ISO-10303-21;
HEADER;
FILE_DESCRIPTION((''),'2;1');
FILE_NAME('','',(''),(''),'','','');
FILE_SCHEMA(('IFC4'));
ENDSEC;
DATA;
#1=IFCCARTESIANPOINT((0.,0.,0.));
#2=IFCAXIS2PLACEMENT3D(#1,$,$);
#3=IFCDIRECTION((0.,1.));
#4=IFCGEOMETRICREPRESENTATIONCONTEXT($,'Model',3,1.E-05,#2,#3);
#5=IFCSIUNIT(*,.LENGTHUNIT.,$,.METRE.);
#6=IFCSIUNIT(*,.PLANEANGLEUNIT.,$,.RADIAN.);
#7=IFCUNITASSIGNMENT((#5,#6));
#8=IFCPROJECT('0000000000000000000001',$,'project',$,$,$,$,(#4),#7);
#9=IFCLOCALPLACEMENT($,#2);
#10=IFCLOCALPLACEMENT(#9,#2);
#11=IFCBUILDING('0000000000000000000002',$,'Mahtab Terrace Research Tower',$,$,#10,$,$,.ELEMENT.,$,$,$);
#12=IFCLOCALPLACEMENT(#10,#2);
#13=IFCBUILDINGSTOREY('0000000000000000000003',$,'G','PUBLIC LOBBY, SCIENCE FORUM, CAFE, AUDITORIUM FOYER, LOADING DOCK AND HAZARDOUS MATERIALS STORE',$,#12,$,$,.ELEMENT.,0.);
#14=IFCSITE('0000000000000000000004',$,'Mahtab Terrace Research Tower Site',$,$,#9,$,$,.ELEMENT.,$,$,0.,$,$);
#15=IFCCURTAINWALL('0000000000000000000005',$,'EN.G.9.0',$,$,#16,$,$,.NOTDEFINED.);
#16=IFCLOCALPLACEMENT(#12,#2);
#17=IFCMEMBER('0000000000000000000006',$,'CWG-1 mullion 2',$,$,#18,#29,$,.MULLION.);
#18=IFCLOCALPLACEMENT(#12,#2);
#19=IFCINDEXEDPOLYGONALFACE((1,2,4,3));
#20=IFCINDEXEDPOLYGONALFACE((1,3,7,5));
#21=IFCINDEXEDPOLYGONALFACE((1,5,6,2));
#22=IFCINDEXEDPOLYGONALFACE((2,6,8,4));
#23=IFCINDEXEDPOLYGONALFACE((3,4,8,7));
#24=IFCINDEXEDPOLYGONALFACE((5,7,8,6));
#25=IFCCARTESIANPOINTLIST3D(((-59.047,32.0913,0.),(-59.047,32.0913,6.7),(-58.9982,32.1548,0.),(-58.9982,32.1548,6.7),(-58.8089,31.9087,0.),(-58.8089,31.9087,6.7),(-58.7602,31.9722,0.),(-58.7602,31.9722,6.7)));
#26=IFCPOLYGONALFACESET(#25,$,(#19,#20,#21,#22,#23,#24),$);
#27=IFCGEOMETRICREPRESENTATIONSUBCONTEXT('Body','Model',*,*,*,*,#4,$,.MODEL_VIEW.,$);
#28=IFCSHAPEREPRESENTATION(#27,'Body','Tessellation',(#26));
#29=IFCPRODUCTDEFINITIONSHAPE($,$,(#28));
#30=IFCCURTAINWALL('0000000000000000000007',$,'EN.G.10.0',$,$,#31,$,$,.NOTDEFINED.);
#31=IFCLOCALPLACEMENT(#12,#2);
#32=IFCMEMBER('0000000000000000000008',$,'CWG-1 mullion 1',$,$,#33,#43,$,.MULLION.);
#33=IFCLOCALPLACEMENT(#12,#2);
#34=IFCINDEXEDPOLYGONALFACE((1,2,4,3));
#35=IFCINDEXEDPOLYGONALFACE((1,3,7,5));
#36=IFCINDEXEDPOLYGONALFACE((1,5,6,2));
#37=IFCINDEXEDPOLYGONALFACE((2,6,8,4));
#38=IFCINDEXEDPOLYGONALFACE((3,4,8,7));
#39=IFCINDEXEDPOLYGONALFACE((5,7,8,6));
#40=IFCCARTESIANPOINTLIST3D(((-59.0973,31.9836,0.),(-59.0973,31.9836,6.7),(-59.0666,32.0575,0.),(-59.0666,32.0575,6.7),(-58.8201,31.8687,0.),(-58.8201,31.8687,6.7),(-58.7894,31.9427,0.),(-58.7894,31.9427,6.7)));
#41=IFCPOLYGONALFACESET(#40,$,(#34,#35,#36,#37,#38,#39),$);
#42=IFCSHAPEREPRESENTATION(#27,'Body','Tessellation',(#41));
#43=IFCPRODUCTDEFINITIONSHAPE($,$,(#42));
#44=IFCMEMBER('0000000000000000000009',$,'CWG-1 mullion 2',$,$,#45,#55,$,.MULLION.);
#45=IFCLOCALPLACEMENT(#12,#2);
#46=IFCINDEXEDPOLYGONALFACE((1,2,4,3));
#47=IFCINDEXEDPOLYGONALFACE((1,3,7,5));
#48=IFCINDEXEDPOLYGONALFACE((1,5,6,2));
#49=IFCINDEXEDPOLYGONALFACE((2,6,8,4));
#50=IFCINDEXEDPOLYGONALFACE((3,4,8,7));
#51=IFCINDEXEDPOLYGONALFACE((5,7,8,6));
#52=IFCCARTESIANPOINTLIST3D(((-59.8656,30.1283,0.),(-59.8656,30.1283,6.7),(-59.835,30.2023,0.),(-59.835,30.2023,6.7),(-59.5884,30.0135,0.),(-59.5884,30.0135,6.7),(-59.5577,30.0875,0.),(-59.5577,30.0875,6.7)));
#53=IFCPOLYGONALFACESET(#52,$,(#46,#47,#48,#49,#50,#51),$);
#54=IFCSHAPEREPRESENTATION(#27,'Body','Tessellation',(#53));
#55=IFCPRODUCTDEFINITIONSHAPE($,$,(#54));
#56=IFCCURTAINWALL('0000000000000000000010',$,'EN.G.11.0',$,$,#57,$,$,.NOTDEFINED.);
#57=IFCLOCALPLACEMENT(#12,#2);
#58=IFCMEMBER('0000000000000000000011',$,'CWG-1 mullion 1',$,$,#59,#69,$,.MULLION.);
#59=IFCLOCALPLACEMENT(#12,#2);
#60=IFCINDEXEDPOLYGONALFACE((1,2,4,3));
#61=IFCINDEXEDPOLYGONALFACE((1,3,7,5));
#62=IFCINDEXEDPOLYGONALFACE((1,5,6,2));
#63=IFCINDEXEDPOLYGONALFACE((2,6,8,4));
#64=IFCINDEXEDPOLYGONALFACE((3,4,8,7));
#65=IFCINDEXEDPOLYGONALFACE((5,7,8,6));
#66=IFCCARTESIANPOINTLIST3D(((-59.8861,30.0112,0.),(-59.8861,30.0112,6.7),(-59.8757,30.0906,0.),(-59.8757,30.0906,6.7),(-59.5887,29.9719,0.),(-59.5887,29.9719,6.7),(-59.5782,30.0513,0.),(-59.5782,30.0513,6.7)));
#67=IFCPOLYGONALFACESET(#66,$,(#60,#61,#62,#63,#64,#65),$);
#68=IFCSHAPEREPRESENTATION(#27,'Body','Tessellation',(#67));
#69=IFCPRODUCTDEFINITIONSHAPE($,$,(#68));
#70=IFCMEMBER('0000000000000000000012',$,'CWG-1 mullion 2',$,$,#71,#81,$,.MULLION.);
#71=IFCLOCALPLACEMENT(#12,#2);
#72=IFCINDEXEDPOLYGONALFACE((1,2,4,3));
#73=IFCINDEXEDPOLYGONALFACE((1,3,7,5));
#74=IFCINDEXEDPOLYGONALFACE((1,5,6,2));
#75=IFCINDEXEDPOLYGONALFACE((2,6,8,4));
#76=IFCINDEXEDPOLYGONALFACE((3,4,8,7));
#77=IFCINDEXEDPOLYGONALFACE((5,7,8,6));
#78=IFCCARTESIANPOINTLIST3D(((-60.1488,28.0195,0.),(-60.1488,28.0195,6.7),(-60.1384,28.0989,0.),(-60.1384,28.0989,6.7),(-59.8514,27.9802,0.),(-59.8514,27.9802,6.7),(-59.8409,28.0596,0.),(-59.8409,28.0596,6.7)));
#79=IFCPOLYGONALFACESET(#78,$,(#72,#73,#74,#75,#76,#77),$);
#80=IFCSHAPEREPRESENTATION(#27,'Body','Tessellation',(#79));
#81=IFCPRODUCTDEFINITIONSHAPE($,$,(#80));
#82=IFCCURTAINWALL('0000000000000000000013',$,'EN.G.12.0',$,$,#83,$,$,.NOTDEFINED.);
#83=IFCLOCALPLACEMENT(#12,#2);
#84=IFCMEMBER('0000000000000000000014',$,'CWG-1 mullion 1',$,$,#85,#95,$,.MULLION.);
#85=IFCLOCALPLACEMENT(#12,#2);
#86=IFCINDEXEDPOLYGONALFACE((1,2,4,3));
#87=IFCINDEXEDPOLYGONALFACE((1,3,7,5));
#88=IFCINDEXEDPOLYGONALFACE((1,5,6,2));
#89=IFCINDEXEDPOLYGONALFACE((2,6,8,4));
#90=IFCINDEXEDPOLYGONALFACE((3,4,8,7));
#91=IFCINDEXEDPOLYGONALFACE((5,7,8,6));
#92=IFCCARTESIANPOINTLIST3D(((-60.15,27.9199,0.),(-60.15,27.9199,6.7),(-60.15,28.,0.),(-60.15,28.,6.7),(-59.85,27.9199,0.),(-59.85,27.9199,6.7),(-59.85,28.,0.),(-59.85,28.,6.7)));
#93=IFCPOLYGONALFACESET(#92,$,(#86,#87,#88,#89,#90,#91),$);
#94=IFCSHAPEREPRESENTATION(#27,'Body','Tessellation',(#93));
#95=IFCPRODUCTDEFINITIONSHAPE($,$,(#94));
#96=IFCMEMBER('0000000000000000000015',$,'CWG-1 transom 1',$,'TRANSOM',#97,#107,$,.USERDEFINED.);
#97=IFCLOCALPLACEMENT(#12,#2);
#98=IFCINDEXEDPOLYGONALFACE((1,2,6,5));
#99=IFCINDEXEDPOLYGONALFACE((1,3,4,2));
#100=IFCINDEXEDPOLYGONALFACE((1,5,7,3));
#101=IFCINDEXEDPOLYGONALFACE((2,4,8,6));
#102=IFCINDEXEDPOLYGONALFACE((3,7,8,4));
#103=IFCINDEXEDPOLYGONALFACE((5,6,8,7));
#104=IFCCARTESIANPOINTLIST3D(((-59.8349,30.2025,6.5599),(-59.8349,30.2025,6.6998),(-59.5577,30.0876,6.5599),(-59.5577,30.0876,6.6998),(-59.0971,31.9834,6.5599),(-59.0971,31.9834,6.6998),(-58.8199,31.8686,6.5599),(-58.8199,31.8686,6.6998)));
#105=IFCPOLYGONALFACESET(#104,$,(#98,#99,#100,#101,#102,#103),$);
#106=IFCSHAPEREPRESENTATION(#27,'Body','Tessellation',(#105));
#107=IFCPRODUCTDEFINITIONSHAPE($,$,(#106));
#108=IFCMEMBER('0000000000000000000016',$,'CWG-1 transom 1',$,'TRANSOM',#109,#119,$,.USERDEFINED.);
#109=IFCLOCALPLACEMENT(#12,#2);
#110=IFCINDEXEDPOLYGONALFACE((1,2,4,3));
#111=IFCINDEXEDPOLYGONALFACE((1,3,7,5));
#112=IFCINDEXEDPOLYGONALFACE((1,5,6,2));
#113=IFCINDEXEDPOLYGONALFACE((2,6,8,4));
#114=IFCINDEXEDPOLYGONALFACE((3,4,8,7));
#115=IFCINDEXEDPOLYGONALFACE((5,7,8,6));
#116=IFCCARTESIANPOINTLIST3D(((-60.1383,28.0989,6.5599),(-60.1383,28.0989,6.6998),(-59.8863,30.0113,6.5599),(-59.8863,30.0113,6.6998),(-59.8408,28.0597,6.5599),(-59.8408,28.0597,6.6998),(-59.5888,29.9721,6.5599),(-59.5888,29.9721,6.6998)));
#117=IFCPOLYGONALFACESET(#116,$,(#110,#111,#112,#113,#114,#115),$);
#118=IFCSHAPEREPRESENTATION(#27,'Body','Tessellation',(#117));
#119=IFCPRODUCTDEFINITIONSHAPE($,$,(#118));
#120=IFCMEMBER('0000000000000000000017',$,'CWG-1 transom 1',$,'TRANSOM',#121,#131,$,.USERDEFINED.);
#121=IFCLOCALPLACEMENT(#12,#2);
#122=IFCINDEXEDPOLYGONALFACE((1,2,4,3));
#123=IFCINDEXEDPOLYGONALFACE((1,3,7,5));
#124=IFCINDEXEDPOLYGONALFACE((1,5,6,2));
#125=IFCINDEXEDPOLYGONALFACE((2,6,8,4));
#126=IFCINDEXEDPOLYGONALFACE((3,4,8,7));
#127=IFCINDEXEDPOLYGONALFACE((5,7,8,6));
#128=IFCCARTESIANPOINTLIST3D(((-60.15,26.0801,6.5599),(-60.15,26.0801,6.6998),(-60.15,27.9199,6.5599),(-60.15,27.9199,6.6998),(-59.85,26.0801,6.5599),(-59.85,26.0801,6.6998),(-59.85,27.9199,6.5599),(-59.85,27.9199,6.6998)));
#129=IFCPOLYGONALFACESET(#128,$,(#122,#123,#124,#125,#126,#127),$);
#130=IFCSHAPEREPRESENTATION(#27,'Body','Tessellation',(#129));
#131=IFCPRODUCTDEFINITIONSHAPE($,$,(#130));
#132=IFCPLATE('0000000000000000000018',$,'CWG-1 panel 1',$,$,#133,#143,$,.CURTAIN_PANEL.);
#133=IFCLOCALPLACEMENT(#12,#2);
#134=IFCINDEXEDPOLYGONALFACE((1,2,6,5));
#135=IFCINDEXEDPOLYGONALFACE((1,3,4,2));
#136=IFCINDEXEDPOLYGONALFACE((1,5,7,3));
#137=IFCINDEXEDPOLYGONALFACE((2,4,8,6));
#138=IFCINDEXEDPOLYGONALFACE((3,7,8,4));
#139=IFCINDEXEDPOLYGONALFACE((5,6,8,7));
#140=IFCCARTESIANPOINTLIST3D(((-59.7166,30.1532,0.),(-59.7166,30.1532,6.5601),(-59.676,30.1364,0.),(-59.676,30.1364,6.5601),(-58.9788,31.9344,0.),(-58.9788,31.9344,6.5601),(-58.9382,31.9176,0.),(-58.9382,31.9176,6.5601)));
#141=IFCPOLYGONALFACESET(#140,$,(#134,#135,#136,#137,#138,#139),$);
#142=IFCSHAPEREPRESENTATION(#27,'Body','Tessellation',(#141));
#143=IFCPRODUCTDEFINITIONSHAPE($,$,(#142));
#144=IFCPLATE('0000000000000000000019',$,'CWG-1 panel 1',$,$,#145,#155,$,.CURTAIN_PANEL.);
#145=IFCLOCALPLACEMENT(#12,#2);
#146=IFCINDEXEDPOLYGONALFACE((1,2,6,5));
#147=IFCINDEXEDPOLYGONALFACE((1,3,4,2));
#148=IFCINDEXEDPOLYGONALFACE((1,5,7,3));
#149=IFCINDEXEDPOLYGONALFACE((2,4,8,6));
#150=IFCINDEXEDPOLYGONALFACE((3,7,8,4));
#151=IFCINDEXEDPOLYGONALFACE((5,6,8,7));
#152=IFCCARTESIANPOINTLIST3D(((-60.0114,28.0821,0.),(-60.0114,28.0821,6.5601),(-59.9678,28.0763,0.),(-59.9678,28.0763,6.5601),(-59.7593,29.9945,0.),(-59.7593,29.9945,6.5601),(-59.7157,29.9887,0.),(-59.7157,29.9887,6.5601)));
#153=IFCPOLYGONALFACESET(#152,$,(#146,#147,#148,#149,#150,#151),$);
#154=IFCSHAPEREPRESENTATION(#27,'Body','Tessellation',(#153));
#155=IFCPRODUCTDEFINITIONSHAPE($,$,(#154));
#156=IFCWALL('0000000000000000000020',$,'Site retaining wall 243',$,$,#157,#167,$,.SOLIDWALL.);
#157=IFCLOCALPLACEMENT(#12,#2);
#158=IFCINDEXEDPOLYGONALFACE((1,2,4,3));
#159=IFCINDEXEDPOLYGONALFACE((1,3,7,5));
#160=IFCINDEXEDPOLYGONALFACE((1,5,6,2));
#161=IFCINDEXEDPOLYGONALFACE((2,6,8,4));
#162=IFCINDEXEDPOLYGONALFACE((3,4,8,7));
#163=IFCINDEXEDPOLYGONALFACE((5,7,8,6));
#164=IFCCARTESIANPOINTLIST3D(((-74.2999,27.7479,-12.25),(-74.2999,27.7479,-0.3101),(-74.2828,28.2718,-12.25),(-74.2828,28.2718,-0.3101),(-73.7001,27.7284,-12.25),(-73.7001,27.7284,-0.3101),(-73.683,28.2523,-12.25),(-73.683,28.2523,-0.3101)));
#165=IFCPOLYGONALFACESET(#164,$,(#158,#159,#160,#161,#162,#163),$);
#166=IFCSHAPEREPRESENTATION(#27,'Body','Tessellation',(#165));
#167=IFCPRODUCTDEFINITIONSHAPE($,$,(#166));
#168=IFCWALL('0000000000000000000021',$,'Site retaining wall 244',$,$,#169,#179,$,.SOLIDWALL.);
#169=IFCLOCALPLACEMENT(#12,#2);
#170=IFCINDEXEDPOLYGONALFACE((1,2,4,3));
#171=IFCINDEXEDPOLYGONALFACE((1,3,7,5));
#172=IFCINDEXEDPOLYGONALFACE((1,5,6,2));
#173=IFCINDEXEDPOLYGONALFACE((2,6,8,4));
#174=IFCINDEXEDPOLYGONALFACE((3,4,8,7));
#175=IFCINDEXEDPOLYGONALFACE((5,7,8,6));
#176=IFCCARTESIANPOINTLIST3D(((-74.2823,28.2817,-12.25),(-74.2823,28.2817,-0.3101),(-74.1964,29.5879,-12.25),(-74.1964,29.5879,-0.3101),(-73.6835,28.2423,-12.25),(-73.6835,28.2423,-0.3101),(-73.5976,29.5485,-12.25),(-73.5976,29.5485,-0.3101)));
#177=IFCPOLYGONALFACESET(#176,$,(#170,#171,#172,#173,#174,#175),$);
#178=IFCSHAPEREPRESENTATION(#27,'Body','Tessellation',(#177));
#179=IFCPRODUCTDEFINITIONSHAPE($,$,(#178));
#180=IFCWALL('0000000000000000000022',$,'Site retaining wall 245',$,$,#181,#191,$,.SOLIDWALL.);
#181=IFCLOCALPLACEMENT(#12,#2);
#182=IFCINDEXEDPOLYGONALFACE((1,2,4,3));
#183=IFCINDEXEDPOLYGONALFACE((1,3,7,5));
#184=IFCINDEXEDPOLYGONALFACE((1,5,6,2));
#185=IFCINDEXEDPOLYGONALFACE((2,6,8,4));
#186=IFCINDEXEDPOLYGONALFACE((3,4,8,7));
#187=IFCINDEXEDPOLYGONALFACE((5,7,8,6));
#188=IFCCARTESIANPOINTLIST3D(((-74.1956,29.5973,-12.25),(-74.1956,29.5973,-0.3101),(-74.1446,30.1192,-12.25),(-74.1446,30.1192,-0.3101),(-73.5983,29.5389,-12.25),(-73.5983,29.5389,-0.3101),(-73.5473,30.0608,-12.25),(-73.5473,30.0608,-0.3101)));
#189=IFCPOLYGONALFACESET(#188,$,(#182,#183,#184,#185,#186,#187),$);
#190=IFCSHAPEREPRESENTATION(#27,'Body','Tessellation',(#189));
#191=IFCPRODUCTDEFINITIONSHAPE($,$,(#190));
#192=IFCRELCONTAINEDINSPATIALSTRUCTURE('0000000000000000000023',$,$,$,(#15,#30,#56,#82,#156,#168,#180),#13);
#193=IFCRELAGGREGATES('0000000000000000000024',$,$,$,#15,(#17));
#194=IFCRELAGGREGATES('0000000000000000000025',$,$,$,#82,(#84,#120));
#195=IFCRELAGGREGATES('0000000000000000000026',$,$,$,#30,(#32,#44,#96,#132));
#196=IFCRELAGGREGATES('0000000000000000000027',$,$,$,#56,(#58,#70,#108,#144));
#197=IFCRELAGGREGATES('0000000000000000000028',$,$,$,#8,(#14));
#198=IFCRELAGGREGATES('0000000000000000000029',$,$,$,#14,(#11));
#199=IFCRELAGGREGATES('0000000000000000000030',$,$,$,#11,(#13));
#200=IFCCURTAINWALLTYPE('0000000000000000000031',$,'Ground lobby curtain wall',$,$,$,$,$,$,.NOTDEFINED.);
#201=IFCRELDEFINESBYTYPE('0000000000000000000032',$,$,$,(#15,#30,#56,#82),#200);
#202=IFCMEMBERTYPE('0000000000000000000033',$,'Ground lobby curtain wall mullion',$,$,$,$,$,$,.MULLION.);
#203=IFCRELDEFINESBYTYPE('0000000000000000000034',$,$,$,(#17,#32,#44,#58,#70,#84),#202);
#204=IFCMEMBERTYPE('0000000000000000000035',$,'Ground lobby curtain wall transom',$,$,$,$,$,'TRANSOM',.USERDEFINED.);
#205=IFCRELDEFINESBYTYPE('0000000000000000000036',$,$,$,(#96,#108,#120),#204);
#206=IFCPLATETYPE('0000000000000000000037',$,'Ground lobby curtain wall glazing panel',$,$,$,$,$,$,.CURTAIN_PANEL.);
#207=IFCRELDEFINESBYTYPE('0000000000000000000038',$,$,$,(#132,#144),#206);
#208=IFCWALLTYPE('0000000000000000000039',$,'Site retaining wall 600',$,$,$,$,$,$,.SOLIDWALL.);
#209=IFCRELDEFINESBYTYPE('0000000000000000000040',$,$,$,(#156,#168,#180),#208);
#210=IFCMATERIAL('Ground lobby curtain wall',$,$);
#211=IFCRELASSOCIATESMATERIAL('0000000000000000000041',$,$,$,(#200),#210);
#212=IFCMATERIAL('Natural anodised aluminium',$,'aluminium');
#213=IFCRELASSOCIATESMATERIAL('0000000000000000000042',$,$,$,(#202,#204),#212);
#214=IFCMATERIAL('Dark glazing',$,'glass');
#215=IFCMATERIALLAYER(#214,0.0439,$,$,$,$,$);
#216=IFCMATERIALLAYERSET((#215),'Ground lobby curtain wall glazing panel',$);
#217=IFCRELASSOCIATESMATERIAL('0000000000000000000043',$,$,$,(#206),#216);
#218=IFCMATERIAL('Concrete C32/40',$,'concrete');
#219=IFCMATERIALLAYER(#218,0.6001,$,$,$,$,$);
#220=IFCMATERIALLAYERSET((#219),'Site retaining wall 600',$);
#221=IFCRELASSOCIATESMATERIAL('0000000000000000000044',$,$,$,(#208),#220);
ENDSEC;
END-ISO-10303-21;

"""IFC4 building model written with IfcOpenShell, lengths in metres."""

from ifc_helpers import new_model, si_unit, direction, frame, frame_2d, origin, origin_2d, place, context, subcontext, project, spatial, rectangle, extrude, material, layer, layer_set, material_profile, profile_set, type_object, element, aggregate, save


model = new_model("IFC4")

# Units and contexts
model_context = context("Model", 3, precision=1e-05, world=origin(), true_north=direction((0.0, 1.0)))
body_context = subcontext(model_context, "Body", "Model", "MODEL_VIEW")
ifc_project = project(units=[si_unit("LENGTHUNIT", "METRE"), si_unit("PLANEANGLEUNIT", "RADIAN")], contexts=[model_context])

# Site, building, storey
site_placement = place(None, origin())
site = spatial("IfcSite", under=ifc_project, at=site_placement, Name="Mahtab Terrace Research Tower Site", CompositionType="ELEMENT", RefElevation=0.0)
building_placement = place(site_placement, origin())
building = spatial("IfcBuilding", under=site, at=building_placement, Name="Mahtab Terrace Research Tower", CompositionType="ELEMENT")
storey_placement = place(building_placement, origin())
storey = spatial("IfcBuildingStorey", under=building, at=storey_placement, Name="G", Description="PUBLIC LOBBY, SCIENCE FORUM, CAFE, AUDITORIUM FOYER, LOADING DOCK AND HAZARDOUS MATERIALS STORE", CompositionType="ELEMENT", Elevation=0.0)

# Curtain wall, member
ifc_material_1 = material(Name="Ground lobby curtain wall")
curtain_wall_type = type_object("IfcCurtainWallType", Name="Ground lobby curtain wall", PredefinedType="NOTDEFINED", material=ifc_material_1)
curtain_wall_1_placement = place(storey_placement, origin())
curtain_wall_1 = element("IfcCurtainWall", 1, at=curtain_wall_1_placement, inside=storey, type_object=curtain_wall_type, Name="EN.G.9.0", PredefinedType="NOTDEFINED")
ifc_material_2 = material(Name="Natural anodised aluminium", Category="aluminium")
ifc_material_profile_1 = material_profile(ifc_material_2, rectangle(XDim=0.3, YDim=0.0801, at=origin_2d()), Name="MULLION 80x300")
ifc_profile_set_1 = profile_set([ifc_material_profile_1], Name="Natural anodised aluminium")
member_type_1 = type_object("IfcMemberType", Name="Ground lobby curtain wall mullion", PredefinedType="MULLION", material=ifc_profile_set_1)
member_1_placement = place(storey_placement, frame((-58.9036, 32.0317, 0.0), z_axis=(0.0, 0.0, 1.0), x_axis=(0.79346, -0.608623, 0.0)))
member_1 = element("IfcMember", 2, at=member_1_placement, type_object=member_type_1, Name="CWG-1 mullion 2", PredefinedType="MULLION", context=body_context, shape_type="SweptSolid", body=[
    extrude(rectangle(XDim=0.3, YDim=0.0801, at=origin_2d()), origin(), (0.0, 0.0, 1.0), 6.7),
])
aggregate(curtain_wall_1, [member_1])

# Curtain walls, members
curtain_wall_2_placement = place(storey_placement, origin())
curtain_wall_2 = element("IfcCurtainWall", 3, at=curtain_wall_2_placement, inside=storey, type_object=curtain_wall_type, Name="EN.G.10.0", PredefinedType="NOTDEFINED")
member_2_placement = place(storey_placement, frame((-58.9434, 31.9631, 0.0), z_axis=(0.0, 0.0, 1.0), x_axis=(0.923883, -0.382676, 0.0)))
member_2 = element("IfcMember", 4, at=member_2_placement, type_object=member_type_1, Name="CWG-1 mullion 1", PredefinedType="MULLION", context=body_context, shape_type="SweptSolid", body=[
    extrude(rectangle(XDim=0.3, YDim=0.0801, at=origin_2d()), origin(), (0.0, 0.0, 1.0), 6.7),
])
member_3_placement = place(storey_placement, frame((-59.7117, 30.1079, 0.0), z_axis=(0.0, 0.0, 1.0), x_axis=(0.923883, -0.382676, 0.0)))
member_3 = element("IfcMember", 5, at=member_3_placement, type_object=member_type_1, Name="CWG-1 mullion 2", PredefinedType="MULLION", context=body_context, shape_type="SweptSolid", body=[
    extrude(rectangle(XDim=0.3, YDim=0.0801, at=origin_2d()), origin(), (0.0, 0.0, 1.0), 6.7),
])
curtain_wall_3_placement = place(storey_placement, origin())
curtain_wall_3 = element("IfcCurtainWall", 6, at=curtain_wall_3_placement, inside=storey, type_object=curtain_wall_type, Name="EN.G.11.0", PredefinedType="NOTDEFINED")
member_4_placement = place(storey_placement, frame((-59.7322, 30.0312, 0.0), z_axis=(0.0, 0.0, 1.0), x_axis=(0.991423, -0.13069, 0.0)))
member_4 = element("IfcMember", 7, at=member_4_placement, type_object=member_type_1, Name="CWG-1 mullion 1", PredefinedType="MULLION", context=body_context, shape_type="SweptSolid", body=[
    extrude(rectangle(XDim=0.3, YDim=0.0801, at=origin_2d()), origin(), (0.0, 0.0, 1.0), 6.7),
])
member_5_placement = place(storey_placement, frame((-59.9949, 28.0396, 0.0), z_axis=(0.0, 0.0, 1.0), x_axis=(0.991423, -0.13069, 0.0)))
member_5 = element("IfcMember", 8, at=member_5_placement, type_object=member_type_1, Name="CWG-1 mullion 2", PredefinedType="MULLION", context=body_context, shape_type="SweptSolid", body=[
    extrude(rectangle(XDim=0.3, YDim=0.0801, at=origin_2d()), origin(), (0.0, 0.0, 1.0), 6.7),
])

# Curtain wall, member
curtain_wall_4_placement = place(storey_placement, origin())
curtain_wall_4 = element("IfcCurtainWall", 9, at=curtain_wall_4_placement, inside=storey, type_object=curtain_wall_type, Name="EN.G.12.0", PredefinedType="NOTDEFINED")
member_6_placement = place(storey_placement, frame((-60.0, 27.96, 0.0), z_axis=(0.0, 0.0, 1.0), x_axis=(1.0, 0.0, 0.0)))
member_6 = element("IfcMember", 10, at=member_6_placement, type_object=member_type_1, Name="CWG-1 mullion 1", PredefinedType="MULLION", context=body_context, shape_type="SweptSolid", body=[
    extrude(rectangle(XDim=0.3, YDim=0.0801, at=origin_2d()), origin(), (0.0, 0.0, 1.0), 6.7),
])

# Members
ifc_material_profile_2 = material_profile(ifc_material_2, rectangle(XDim=0.3, YDim=0.1399, at=origin_2d()), Name="TRANSOM 140x300")
ifc_profile_set_2 = profile_set([ifc_material_profile_2], Name="Natural anodised aluminium")
member_type_2 = type_object("IfcMemberType", Name="Ground lobby curtain wall transom", ElementType="TRANSOM", PredefinedType="USERDEFINED", material=ifc_profile_set_2)
member_7_placement = place(storey_placement, frame((-58.9585, 31.926, 6.6299), z_axis=(-0.382717, -0.923866, 0.0), x_axis=(0.923866, -0.382717, 0.0)))
member_7 = element("IfcMember", 11, at=member_7_placement, type_object=member_type_2, Name="CWG-1 transom 1", ObjectType="TRANSOM", PredefinedType="USERDEFINED", context=body_context, shape_type="SweptSolid", body=[
    extrude(rectangle(XDim=0.3, YDim=0.1399, at=origin_2d()), origin(), (0.0, 0.0, 1.0), 1.9277),
])
member_8_placement = place(storey_placement, frame((-59.7375, 29.9917, 6.6299), z_axis=(-0.130621, -0.991432, 0.0), x_axis=(0.991432, -0.130621, 0.0)))
member_8 = element("IfcMember", 12, at=member_8_placement, type_object=member_type_2, Name="CWG-1 transom 1", ObjectType="TRANSOM", PredefinedType="USERDEFINED", context=body_context, shape_type="SweptSolid", body=[
    extrude(rectangle(XDim=0.3, YDim=0.1399, at=origin_2d()), origin(), (0.0, 0.0, 1.0), 1.929),
])
member_9_placement = place(storey_placement, frame((-60.0, 27.9199, 6.6299), z_axis=(0.0, -1.0, 0.0), x_axis=(1.0, 0.0, 0.0)))
member_9 = element("IfcMember", 13, at=member_9_placement, type_object=member_type_2, Name="CWG-1 transom 1", ObjectType="TRANSOM", PredefinedType="USERDEFINED", context=body_context, shape_type="SweptSolid", body=[
    extrude(rectangle(XDim=0.3, YDim=0.1399, at=origin_2d()), origin(), (0.0, 0.0, 1.0), 1.8398),
])
aggregate(curtain_wall_4, [member_6, member_9])

# Plates
ifc_material_3 = material(Name="Dark glazing", Category="glass")
ifc_layer_1 = layer(ifc_material_3, 0.0439)
ifc_layer_set_1 = layer_set([ifc_layer_1], Name="Ground lobby curtain wall glazing panel")
plate_type = type_object("IfcPlateType", Name="Ground lobby curtain wall glazing panel", PredefinedType="CURTAIN_PANEL", material=ifc_layer_set_1)
plate_1_placement = place(storey_placement, frame((-59.3274, 31.0354, 0.0), z_axis=(0.0, 0.0, 1.0), x_axis=(-0.382676, -0.923883, 0.0)))
plate_1 = element("IfcPlate", 14, at=plate_1_placement, type_object=plate_type, Name="CWG-1 panel 1", PredefinedType="CURTAIN_PANEL", context=body_context, shape_type="SweptSolid", body=[
    extrude(rectangle(XDim=1.928, YDim=0.0439, at=origin_2d()), origin(), (0.0, 0.0, 1.0), 6.5601),
])
aggregate(curtain_wall_2, [member_2, member_3, member_7, plate_1])
plate_2_placement = place(storey_placement, frame((-59.8635, 29.0354, 0.0), z_axis=(0.0, 0.0, 1.0), x_axis=(-0.13069, -0.991423, 0.0)))
plate_2 = element("IfcPlate", 15, at=plate_2_placement, type_object=plate_type, Name="CWG-1 panel 1", PredefinedType="CURTAIN_PANEL", context=body_context, shape_type="SweptSolid", body=[
    extrude(rectangle(XDim=1.929, YDim=0.0439, at=origin_2d()), origin(), (0.0, 0.0, 1.0), 6.5601),
])
aggregate(curtain_wall_3, [member_4, member_5, member_8, plate_2])

# Walls
ifc_material_4 = material(Name="Concrete C32/40", Category="concrete")
ifc_layer_2 = layer(ifc_material_4, 0.6001)
ifc_layer_set_2 = layer_set([ifc_layer_2], Name="Site retaining wall 600")
wall_type = type_object("IfcWallType", Name="Site retaining wall 600", PredefinedType="SOLIDWALL", material=ifc_layer_set_2)
wall_1_placement = place(storey_placement, frame((-74.0, 27.738, -12.25), z_axis=(0.0, 0.0, 1.0), x_axis=(0.032601, 0.999468, 0.0)))
element("IfcWall", 16, at=wall_1_placement, inside=storey, type_object=wall_type, Name="Site retaining wall 243", PredefinedType="SOLIDWALL", context=body_context, shape_type="SweptSolid", body=[
    extrude(rectangle(XDim=0.5242, YDim=0.6001, at=frame_2d((0.2622, 0.0))), origin(), (0.0, 0.0, 1.0), 11.9399),
])
wall_2_placement = place(storey_placement, frame((-73.9829, 28.262, -12.25), z_axis=(0.0, 0.0, 1.0), x_axis=(0.065652, 0.997843, 0.0)))
element("IfcWall", 17, at=wall_2_placement, inside=storey, type_object=wall_type, Name="Site retaining wall 244", PredefinedType="SOLIDWALL", context=body_context, shape_type="SweptSolid", body=[
    extrude(rectangle(XDim=1.3091, YDim=0.6001, at=frame_2d((0.6545, 0.0))), origin(), (0.0, 0.0, 1.0), 11.9399),
])
wall_3_placement = place(storey_placement, frame((-73.897, 29.5681, -12.25), z_axis=(0.0, 0.0, 1.0), x_axis=(0.097291, 0.995256, 0.0)))
element("IfcWall", 18, at=wall_3_placement, inside=storey, type_object=wall_type, Name="Site retaining wall 245", PredefinedType="SOLIDWALL", context=body_context, shape_type="SweptSolid", body=[
    extrude(rectangle(XDim=0.5244, YDim=0.6001, at=frame_2d((0.2622, 0.0))), origin(), (0.0, 0.0, 1.0), 11.9399),
])

save(model, "model.ifc")
